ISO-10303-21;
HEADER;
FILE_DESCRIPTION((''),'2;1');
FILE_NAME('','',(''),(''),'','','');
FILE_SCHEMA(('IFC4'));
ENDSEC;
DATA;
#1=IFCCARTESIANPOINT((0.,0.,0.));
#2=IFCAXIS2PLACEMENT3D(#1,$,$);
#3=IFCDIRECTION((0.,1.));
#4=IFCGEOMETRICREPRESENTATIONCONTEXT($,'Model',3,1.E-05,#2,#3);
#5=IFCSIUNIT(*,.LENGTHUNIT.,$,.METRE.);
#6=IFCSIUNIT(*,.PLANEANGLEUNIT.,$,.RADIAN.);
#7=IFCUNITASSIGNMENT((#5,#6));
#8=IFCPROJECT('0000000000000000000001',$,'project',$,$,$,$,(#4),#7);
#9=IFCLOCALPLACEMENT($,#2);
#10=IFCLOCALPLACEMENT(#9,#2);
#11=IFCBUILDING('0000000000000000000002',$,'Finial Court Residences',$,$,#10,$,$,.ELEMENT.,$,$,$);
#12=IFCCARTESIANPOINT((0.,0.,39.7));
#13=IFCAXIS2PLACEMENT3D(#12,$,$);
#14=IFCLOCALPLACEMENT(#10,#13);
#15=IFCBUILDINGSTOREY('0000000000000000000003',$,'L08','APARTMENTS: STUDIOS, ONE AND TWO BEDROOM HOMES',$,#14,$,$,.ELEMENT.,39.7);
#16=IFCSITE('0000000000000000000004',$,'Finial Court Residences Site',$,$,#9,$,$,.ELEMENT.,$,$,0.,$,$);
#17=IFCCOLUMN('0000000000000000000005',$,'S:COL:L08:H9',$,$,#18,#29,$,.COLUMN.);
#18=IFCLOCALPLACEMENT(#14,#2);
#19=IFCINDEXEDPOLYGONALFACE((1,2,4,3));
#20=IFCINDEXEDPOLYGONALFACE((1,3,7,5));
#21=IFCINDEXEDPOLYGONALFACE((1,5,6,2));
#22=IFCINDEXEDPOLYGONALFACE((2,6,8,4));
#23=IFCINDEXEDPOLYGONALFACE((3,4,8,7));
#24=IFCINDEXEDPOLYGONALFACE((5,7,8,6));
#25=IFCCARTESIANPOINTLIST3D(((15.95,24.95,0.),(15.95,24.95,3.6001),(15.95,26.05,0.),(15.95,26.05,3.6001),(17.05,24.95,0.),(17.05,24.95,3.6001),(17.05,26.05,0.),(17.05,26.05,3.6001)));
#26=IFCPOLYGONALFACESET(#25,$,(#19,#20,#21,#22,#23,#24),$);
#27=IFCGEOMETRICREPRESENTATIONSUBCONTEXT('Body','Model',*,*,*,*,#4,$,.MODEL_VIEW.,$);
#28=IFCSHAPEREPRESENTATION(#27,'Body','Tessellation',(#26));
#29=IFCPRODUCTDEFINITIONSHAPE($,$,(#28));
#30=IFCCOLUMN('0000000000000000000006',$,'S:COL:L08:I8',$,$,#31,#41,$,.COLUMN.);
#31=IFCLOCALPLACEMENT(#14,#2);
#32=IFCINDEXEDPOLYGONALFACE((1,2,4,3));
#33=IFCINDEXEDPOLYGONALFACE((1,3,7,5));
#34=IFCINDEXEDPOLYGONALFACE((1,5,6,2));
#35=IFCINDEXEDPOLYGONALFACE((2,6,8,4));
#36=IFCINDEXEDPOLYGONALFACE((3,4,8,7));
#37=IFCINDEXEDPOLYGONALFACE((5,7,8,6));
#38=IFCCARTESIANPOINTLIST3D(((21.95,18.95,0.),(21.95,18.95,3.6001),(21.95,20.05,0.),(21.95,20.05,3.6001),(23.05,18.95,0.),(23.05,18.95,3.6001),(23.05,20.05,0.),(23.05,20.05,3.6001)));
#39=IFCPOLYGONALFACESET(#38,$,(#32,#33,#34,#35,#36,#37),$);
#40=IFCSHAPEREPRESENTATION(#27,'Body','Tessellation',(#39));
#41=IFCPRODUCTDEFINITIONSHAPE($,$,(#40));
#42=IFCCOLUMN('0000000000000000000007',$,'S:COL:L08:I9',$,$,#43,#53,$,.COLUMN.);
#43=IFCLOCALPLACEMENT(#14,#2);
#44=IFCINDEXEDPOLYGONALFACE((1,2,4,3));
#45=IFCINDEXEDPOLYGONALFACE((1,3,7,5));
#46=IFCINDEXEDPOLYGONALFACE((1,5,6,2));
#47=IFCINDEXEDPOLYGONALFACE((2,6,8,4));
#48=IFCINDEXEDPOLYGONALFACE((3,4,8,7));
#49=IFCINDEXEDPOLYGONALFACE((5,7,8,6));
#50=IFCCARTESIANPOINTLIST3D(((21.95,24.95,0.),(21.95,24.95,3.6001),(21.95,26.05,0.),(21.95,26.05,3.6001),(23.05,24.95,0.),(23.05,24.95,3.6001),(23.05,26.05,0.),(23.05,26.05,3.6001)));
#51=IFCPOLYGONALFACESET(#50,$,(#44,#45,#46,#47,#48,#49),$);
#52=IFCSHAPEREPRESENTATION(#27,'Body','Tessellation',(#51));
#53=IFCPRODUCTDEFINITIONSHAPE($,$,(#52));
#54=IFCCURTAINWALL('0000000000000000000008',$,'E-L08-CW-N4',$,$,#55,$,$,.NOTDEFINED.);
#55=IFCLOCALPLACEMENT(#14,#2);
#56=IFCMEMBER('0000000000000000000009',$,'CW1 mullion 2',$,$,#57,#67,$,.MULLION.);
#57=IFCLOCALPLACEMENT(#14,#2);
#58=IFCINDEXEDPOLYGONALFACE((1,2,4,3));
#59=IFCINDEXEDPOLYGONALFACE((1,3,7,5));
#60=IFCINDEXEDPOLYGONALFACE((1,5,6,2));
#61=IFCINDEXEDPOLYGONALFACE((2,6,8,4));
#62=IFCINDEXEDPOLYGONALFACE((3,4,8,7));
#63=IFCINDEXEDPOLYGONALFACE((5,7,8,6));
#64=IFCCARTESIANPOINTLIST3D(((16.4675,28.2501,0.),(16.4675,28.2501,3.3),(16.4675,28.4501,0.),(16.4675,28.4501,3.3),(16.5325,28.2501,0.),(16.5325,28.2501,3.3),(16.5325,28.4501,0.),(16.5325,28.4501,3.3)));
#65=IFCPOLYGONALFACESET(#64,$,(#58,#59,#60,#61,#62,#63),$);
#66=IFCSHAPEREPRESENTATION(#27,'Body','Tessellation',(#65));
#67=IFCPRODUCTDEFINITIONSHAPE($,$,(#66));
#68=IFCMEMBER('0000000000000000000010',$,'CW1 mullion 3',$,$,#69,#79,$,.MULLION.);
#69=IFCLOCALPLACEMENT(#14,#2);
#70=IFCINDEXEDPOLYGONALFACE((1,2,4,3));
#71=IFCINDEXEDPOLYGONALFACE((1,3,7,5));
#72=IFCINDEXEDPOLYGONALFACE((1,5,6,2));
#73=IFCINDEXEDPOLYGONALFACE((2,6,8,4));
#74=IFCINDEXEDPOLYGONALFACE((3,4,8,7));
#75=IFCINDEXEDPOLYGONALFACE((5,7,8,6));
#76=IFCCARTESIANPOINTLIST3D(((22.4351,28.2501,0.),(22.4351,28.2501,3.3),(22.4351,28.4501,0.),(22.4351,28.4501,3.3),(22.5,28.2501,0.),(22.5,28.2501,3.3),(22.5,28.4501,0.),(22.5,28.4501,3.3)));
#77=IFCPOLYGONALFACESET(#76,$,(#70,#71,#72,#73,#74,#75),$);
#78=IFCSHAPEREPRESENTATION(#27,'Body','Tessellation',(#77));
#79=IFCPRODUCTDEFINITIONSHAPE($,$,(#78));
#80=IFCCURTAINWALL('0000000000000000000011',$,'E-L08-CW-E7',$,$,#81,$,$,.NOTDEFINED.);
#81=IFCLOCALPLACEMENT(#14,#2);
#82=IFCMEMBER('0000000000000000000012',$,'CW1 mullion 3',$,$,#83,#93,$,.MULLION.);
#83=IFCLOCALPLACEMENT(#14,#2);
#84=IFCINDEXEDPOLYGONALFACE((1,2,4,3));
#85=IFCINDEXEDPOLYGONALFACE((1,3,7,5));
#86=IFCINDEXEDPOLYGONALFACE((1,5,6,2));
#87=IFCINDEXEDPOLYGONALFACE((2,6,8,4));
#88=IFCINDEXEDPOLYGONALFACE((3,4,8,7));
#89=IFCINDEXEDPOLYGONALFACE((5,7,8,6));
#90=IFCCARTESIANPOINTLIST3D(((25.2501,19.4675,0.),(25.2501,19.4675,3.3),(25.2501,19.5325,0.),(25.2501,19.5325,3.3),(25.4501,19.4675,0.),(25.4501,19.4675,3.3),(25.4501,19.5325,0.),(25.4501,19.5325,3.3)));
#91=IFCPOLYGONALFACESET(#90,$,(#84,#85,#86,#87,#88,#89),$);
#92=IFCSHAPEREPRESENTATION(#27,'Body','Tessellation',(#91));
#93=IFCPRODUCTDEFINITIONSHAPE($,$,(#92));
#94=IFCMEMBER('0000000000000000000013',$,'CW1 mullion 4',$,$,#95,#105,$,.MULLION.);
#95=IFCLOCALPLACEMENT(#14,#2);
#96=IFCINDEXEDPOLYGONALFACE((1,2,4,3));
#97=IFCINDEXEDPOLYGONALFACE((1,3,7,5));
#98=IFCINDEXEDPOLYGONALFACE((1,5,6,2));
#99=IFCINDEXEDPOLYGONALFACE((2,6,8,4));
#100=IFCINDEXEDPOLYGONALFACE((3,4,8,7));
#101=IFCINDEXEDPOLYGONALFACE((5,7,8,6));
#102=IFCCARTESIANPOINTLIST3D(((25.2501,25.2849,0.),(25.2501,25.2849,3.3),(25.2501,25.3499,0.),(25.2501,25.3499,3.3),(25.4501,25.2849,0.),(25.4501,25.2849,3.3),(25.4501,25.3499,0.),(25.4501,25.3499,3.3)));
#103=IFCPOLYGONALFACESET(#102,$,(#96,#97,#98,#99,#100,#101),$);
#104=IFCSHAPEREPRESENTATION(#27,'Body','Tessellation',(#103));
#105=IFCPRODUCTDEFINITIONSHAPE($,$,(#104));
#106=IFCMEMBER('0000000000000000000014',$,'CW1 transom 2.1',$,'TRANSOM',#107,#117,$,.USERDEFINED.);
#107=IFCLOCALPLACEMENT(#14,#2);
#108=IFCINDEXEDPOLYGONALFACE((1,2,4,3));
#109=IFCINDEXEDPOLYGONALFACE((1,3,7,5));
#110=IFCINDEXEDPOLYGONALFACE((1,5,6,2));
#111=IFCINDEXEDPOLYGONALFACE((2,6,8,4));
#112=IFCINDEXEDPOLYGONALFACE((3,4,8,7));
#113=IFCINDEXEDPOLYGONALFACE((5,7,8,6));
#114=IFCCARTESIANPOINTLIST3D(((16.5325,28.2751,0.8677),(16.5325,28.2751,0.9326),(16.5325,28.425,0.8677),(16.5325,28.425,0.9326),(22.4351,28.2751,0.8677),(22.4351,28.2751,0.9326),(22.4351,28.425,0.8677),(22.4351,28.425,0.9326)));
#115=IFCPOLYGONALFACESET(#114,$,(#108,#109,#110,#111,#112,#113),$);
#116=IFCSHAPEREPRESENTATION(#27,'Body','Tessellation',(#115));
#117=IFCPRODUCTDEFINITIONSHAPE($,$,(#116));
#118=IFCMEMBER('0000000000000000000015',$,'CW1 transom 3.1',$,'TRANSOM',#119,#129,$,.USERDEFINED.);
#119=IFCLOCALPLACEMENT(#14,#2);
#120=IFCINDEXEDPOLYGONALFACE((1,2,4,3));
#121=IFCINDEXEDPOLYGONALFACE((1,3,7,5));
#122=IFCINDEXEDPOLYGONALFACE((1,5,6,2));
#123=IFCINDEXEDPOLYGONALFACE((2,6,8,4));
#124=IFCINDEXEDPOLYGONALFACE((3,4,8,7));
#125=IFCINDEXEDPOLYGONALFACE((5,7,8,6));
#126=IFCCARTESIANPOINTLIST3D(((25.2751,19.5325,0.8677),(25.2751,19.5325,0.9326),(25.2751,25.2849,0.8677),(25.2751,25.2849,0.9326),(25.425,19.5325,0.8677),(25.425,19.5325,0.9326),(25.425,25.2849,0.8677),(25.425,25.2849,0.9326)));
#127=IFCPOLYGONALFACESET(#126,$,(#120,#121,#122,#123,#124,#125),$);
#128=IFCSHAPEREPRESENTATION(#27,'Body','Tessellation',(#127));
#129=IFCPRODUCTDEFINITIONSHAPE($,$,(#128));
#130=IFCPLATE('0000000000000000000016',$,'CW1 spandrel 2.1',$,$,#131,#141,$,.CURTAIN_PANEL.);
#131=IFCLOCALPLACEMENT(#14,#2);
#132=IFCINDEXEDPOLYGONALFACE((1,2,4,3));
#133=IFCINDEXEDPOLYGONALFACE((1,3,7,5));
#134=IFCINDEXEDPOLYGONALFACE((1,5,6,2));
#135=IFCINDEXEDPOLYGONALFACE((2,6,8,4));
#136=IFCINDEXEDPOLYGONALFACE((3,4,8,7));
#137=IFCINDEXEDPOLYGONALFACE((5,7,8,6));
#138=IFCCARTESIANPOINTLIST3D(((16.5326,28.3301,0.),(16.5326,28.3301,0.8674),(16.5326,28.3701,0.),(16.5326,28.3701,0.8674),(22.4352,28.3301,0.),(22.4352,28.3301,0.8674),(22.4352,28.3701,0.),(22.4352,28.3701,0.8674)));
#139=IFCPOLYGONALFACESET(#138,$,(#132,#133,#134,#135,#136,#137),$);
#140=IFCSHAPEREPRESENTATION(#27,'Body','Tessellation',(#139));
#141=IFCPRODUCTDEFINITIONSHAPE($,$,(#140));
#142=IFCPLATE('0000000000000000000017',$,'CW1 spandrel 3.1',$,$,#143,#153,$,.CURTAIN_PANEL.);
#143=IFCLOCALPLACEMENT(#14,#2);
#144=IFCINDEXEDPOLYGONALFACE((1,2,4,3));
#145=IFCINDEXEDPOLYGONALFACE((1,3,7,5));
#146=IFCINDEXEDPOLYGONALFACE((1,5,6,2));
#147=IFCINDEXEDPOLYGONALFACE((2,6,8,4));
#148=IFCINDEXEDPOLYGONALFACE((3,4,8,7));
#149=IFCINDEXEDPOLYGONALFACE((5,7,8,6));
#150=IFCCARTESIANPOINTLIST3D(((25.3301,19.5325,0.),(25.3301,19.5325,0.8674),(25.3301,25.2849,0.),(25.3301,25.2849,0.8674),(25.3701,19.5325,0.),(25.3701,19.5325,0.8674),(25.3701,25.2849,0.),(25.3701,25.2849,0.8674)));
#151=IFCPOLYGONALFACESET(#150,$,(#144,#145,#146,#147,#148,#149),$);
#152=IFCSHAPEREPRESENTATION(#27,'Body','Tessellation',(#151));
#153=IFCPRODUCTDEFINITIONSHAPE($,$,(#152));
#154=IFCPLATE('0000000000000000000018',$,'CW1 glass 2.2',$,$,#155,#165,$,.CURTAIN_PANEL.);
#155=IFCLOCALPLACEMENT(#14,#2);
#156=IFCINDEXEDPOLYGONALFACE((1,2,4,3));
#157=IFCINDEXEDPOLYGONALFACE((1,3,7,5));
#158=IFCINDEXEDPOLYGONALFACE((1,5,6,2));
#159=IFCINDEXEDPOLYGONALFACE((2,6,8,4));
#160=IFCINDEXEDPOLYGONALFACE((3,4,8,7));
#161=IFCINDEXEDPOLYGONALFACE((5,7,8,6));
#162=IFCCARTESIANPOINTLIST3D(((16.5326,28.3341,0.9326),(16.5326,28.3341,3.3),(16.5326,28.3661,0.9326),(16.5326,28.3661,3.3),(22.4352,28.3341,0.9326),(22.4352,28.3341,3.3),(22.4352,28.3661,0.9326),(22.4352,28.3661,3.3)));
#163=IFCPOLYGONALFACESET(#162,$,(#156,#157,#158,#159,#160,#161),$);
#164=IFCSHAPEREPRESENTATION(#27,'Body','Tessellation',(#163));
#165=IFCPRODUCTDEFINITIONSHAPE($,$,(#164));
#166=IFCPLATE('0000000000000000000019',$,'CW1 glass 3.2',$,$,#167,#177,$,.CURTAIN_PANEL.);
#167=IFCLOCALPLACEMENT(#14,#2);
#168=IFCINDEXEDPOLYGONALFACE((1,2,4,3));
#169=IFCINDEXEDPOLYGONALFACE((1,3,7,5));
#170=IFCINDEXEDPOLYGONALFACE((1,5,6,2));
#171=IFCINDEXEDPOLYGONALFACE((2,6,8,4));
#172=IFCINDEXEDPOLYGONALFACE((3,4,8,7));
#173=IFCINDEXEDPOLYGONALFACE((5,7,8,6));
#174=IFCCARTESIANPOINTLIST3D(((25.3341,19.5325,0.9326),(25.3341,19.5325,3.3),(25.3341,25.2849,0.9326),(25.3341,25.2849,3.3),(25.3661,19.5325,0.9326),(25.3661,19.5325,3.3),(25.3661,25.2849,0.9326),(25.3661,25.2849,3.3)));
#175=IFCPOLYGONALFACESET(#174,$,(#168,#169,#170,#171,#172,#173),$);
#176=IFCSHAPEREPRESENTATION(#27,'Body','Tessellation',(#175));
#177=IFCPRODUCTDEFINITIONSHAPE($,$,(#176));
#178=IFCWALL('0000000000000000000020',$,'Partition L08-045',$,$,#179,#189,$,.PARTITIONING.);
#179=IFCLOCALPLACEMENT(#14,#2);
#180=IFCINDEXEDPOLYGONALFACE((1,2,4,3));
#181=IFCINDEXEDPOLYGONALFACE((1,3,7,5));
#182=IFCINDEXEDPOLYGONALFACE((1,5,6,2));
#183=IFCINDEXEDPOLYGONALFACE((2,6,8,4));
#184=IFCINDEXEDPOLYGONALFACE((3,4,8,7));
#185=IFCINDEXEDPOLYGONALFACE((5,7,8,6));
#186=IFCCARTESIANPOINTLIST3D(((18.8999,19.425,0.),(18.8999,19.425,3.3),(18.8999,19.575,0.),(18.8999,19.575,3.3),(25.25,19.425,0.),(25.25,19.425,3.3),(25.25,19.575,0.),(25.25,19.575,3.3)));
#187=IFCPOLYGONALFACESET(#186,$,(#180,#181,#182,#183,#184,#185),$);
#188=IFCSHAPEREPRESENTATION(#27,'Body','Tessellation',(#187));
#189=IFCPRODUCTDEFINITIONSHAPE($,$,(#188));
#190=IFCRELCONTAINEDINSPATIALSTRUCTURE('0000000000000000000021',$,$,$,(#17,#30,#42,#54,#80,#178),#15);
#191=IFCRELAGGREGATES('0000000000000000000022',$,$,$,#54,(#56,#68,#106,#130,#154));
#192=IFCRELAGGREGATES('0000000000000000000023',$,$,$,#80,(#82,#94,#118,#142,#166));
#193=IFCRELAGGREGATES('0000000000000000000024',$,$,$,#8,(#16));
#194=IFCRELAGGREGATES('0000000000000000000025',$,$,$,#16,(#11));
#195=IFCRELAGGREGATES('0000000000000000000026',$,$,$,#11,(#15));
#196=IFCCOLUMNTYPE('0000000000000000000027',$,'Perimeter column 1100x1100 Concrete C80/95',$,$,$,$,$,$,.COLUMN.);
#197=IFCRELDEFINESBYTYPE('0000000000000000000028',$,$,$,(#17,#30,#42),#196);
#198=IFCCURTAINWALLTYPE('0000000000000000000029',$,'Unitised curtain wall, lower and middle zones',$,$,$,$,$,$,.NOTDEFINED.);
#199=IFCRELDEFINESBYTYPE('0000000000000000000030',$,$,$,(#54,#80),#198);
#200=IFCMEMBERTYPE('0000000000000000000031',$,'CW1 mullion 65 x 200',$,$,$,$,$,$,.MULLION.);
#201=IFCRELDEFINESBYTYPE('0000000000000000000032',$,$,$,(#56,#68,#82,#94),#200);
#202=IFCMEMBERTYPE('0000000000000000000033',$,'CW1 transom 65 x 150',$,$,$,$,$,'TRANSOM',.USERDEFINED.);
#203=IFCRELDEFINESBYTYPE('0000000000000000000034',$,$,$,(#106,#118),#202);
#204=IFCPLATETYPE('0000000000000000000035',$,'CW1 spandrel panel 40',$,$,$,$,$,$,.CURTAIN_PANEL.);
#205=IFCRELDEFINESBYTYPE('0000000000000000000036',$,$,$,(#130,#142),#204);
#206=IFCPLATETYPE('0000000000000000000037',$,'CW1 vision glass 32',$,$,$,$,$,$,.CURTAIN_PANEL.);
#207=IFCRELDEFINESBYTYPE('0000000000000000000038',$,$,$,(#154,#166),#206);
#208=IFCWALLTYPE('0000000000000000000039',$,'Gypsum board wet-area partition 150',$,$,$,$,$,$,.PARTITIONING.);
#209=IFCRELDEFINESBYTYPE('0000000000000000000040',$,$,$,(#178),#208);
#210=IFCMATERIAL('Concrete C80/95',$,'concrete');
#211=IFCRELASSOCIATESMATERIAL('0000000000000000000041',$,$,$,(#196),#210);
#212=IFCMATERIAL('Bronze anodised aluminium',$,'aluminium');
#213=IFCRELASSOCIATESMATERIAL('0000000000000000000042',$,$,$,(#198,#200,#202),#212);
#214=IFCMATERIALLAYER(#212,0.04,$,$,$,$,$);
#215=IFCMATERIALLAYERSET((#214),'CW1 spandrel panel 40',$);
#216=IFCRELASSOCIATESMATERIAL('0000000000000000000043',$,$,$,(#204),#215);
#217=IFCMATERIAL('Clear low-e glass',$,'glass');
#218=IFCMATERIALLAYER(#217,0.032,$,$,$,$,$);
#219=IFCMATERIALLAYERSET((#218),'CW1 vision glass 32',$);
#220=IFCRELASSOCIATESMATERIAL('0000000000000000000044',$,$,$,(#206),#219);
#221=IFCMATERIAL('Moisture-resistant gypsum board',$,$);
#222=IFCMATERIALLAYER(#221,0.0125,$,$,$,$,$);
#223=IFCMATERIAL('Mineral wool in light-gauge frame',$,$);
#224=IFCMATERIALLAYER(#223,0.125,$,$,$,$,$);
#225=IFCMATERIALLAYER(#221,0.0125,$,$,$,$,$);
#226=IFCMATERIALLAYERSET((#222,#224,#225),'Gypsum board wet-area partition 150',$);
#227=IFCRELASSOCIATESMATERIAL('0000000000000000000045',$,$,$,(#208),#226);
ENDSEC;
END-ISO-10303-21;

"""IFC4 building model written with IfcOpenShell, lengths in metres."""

from ifc_helpers import new_model, si_unit, direction, frame, frame_2d, origin, origin_2d, place, context, subcontext, project, spatial, rectangle, extrude, material, layer, layer_set, material_profile, profile_set, type_object, element, aggregate, save


model = new_model("IFC4")

# Units and contexts
model_context = context("Model", 3, precision=1e-05, world=origin(), true_north=direction((0.0, 1.0)))
body_context = subcontext(model_context, "Body", "Model", "MODEL_VIEW")
ifc_project = project(units=[si_unit("LENGTHUNIT", "METRE"), si_unit("PLANEANGLEUNIT", "RADIAN")], contexts=[model_context])

# Site, building, storey
site_placement = place(None, origin())
site = spatial("IfcSite", under=ifc_project, at=site_placement, Name="Finial Court Residences Site", CompositionType="ELEMENT", RefElevation=0.0)
building_placement = place(site_placement, origin())
building = spatial("IfcBuilding", under=site, at=building_placement, Name="Finial Court Residences", CompositionType="ELEMENT")
storey_placement = place(building_placement, frame((0.0, 0.0, 39.7)))
storey = spatial("IfcBuildingStorey", under=building, at=storey_placement, Name="L08", Description="APARTMENTS: STUDIOS, ONE AND TWO BEDROOM HOMES", CompositionType="ELEMENT", Elevation=39.7)

# Columns
ifc_material_1 = material(Name="Concrete C80/95", Category="concrete")
ifc_material_profile_1 = material_profile(ifc_material_1, rectangle(XDim=1.1001, YDim=1.1001, at=origin_2d()), Name="1100x1100")
ifc_profile_set_1 = profile_set([ifc_material_profile_1], Name="Concrete C80/95")
column_type = type_object("IfcColumnType", Name="Perimeter column 1100x1100 Concrete C80/95", PredefinedType="COLUMN", material=ifc_profile_set_1)
for number, where, z_axis, x_axis, name in (
    (1, (16.5, 25.5, 0.0), (0.0, 0.0, 1.0), (1.0, 0.0, 0.0), "S:COL:L08:H9"),
    (2, (22.5, 19.5, 0.0), (0.0, 0.0, 1.0), (1.0, 0.0, 0.0), "S:COL:L08:I8"),
    (3, (22.5, 25.5, 0.0), (0.0, 0.0, 1.0), (1.0, 0.0, 0.0), "S:COL:L08:I9"),
):
    element("IfcColumn", number, at=place(storey_placement, frame(where, z_axis=z_axis, x_axis=x_axis)), inside=storey, type_object=column_type, Name=name, PredefinedType="COLUMN", context=body_context, shape_type="SweptSolid", body=[
        extrude(rectangle(XDim=1.1001, YDim=1.1001, at=origin_2d()), origin(), (0.0, 0.0, 1.0), 3.6001),
    ])

# Curtain walls, members
ifc_material_2 = material(Name="Bronze anodised aluminium", Category="aluminium")
curtain_wall_type = type_object("IfcCurtainWallType", Name="Unitised curtain wall, lower and middle zones", PredefinedType="NOTDEFINED", material=ifc_material_2)
curtain_wall_1_placement = place(storey_placement, origin())
curtain_wall_1 = element("IfcCurtainWall", 4, at=curtain_wall_1_placement, inside=storey, type_object=curtain_wall_type, Name="E-L08-CW-N4", PredefinedType="NOTDEFINED")
ifc_material_profile_2 = material_profile(ifc_material_2, rectangle(XDim=0.2, YDim=0.0649, at=origin_2d()), Name="CW1 mullion 65 x 200")
ifc_profile_set_2 = profile_set([ifc_material_profile_2], Name="Bronze anodised aluminium")
member_type_1 = type_object("IfcMemberType", Name="CW1 mullion 65 x 200", PredefinedType="MULLION", material=ifc_profile_set_2)
member_1_placement = place(storey_placement, frame((16.5, 28.3501, 0.0), z_axis=(0.0, 0.0, 1.0), x_axis=(0.0, 1.0, 0.0)))
member_1 = element("IfcMember", 5, at=member_1_placement, type_object=member_type_1, Name="CW1 mullion 2", PredefinedType="MULLION", context=body_context, shape_type="SweptSolid", body=[
    extrude(rectangle(XDim=0.2, YDim=0.0649, at=origin_2d()), origin(), (0.0, 0.0, 1.0), 3.3),
])
member_2_placement = place(storey_placement, frame((22.4675, 28.3501, 0.0), z_axis=(0.0, 0.0, 1.0), x_axis=(0.0, 1.0, 0.0)))
member_2 = element("IfcMember", 6, at=member_2_placement, type_object=member_type_1, Name="CW1 mullion 3", PredefinedType="MULLION", context=body_context, shape_type="SweptSolid", body=[
    extrude(rectangle(XDim=0.2, YDim=0.0649, at=origin_2d()), origin(), (0.0, 0.0, 1.0), 3.3),
])
curtain_wall_2_placement = place(storey_placement, origin())
curtain_wall_2 = element("IfcCurtainWall", 7, at=curtain_wall_2_placement, inside=storey, type_object=curtain_wall_type, Name="E-L08-CW-E7", PredefinedType="NOTDEFINED")
member_3_placement = place(storey_placement, frame((25.3501, 19.5, 0.0), z_axis=(0.0, 0.0, 1.0), x_axis=(-1.0, 0.0, 0.0)))
member_3 = element("IfcMember", 8, at=member_3_placement, type_object=member_type_1, Name="CW1 mullion 3", PredefinedType="MULLION", context=body_context, shape_type="SweptSolid", body=[
    extrude(rectangle(XDim=0.2, YDim=0.0649, at=origin_2d()), origin(), (0.0, 0.0, 1.0), 3.3),
])
member_4_placement = place(storey_placement, frame((25.3501, 25.3174, 0.0), z_axis=(0.0, 0.0, 1.0), x_axis=(-1.0, 0.0, 0.0)))
member_4 = element("IfcMember", 9, at=member_4_placement, type_object=member_type_1, Name="CW1 mullion 4", PredefinedType="MULLION", context=body_context, shape_type="SweptSolid", body=[
    extrude(rectangle(XDim=0.2, YDim=0.0649, at=origin_2d()), origin(), (0.0, 0.0, 1.0), 3.3),
])

# Members
ifc_material_profile_3 = material_profile(ifc_material_2, rectangle(XDim=0.1499, YDim=0.0649, at=origin_2d()), Name="CW1 transom 65 x 150")
ifc_profile_set_3 = profile_set([ifc_material_profile_3], Name="Bronze anodised aluminium")
member_type_2 = type_object("IfcMemberType", Name="CW1 transom 65 x 150", ElementType="TRANSOM", PredefinedType="USERDEFINED", material=ifc_profile_set_3)
member_5_placement = place(storey_placement, frame((16.5325, 28.3501, 0.9001), z_axis=(1.0, 0.0, 0.0), x_axis=(0.0, 1.0, 0.0)))
member_5 = element("IfcMember", 10, at=member_5_placement, type_object=member_type_2, Name="CW1 transom 2.1", ObjectType="TRANSOM", PredefinedType="USERDEFINED", context=body_context, shape_type="SweptSolid", body=[
    extrude(rectangle(XDim=0.1499, YDim=0.0649, at=origin_2d()), origin(), (0.0, 0.0, 1.0), 5.9026),
])
member_6_placement = place(storey_placement, frame((25.3501, 19.5325, 0.9001), z_axis=(0.0, 1.0, 0.0), x_axis=(-1.0, 0.0, 0.0)))
member_6 = element("IfcMember", 11, at=member_6_placement, type_object=member_type_2, Name="CW1 transom 3.1", ObjectType="TRANSOM", PredefinedType="USERDEFINED", context=body_context, shape_type="SweptSolid", body=[
    extrude(rectangle(XDim=0.1499, YDim=0.0649, at=origin_2d()), origin(), (0.0, 0.0, 1.0), 5.7524),
])

# Plates
ifc_layer_1 = layer(ifc_material_2, 0.04)
ifc_layer_set_1 = layer_set([ifc_layer_1], Name="CW1 spandrel panel 40")
plate_type_1 = type_object("IfcPlateType", Name="CW1 spandrel panel 40", PredefinedType="CURTAIN_PANEL", material=ifc_layer_set_1)
plate_1_placement = place(storey_placement, frame((19.4839, 28.3501, 0.0), z_axis=(0.0, 0.0, 1.0), x_axis=(1.0, 0.0, 0.0)))
plate_1 = element("IfcPlate", 12, at=plate_1_placement, type_object=plate_type_1, Name="CW1 spandrel 2.1", PredefinedType="CURTAIN_PANEL", context=body_context, shape_type="SweptSolid", body=[
    extrude(rectangle(XDim=5.9026, YDim=0.04, at=origin_2d()), origin(), (0.0, 0.0, 1.0), 0.8674),
])
plate_2_placement = place(storey_placement, frame((25.3501, 22.4087, 0.0), z_axis=(0.0, 0.0, 1.0), x_axis=(0.0, 1.0, 0.0)))
plate_2 = element("IfcPlate", 13, at=plate_2_placement, type_object=plate_type_1, Name="CW1 spandrel 3.1", PredefinedType="CURTAIN_PANEL", context=body_context, shape_type="SweptSolid", body=[
    extrude(rectangle(XDim=5.7524, YDim=0.04, at=origin_2d()), origin(), (0.0, 0.0, 1.0), 0.8674),
])
ifc_material_3 = material(Name="Clear low-e glass", Category="glass")
ifc_layer_2 = layer(ifc_material_3, 0.032)
ifc_layer_set_2 = layer_set([ifc_layer_2], Name="CW1 vision glass 32")
plate_type_2 = type_object("IfcPlateType", Name="CW1 vision glass 32", PredefinedType="CURTAIN_PANEL", material=ifc_layer_set_2)
plate_3_placement = place(storey_placement, frame((19.4839, 28.3501, 0.9326), z_axis=(0.0, 0.0, 1.0), x_axis=(1.0, 0.0, 0.0)))
plate_3 = element("IfcPlate", 14, at=plate_3_placement, type_object=plate_type_2, Name="CW1 glass 2.2", PredefinedType="CURTAIN_PANEL", context=body_context, shape_type="SweptSolid", body=[
    extrude(rectangle(XDim=5.9026, YDim=0.032, at=origin_2d()), origin(), (0.0, 0.0, 1.0), 2.3674),
])
aggregate(curtain_wall_1, [member_1, member_2, member_5, plate_1, plate_3])
plate_4_placement = place(storey_placement, frame((25.3501, 22.4087, 0.9326), z_axis=(0.0, 0.0, 1.0), x_axis=(0.0, 1.0, 0.0)))
plate_4 = element("IfcPlate", 15, at=plate_4_placement, type_object=plate_type_2, Name="CW1 glass 3.2", PredefinedType="CURTAIN_PANEL", context=body_context, shape_type="SweptSolid", body=[
    extrude(rectangle(XDim=5.7524, YDim=0.032, at=origin_2d()), origin(), (0.0, 0.0, 1.0), 2.3674),
])
aggregate(curtain_wall_2, [member_3, member_4, member_6, plate_2, plate_4])

# Wall
ifc_material_4 = material(Name="Moisture-resistant gypsum board")
ifc_layer_3 = layer(ifc_material_4, 0.0125)
ifc_material_5 = material(Name="Mineral wool in light-gauge frame")
ifc_layer_4 = layer(ifc_material_5, 0.125)
ifc_layer_5 = layer(ifc_material_4, 0.0125)
ifc_layer_set_3 = layer_set([ifc_layer_3, ifc_layer_4, ifc_layer_5], Name="Gypsum board wet-area partition 150")
wall_type_1 = type_object("IfcWallType", Name="Gypsum board wet-area partition 150", PredefinedType="PARTITIONING", material=ifc_layer_set_3)
wall_1_placement = place(storey_placement, frame((18.8999, 19.5, 0.0), z_axis=(0.0, 0.0, 1.0), x_axis=(1.0, 0.0, 0.0)))
element("IfcWall", 16, at=wall_1_placement, inside=storey, type_object=wall_type_1, Name="Partition L08-045", PredefinedType="PARTITIONING", context=body_context, shape_type="SweptSolid", body=[
    extrude(rectangle(XDim=6.3501, YDim=0.1499, at=frame_2d((3.175, 0.0))), origin(), (0.0, 0.0, 1.0), 3.3),
])

save(model, "model.ifc")
